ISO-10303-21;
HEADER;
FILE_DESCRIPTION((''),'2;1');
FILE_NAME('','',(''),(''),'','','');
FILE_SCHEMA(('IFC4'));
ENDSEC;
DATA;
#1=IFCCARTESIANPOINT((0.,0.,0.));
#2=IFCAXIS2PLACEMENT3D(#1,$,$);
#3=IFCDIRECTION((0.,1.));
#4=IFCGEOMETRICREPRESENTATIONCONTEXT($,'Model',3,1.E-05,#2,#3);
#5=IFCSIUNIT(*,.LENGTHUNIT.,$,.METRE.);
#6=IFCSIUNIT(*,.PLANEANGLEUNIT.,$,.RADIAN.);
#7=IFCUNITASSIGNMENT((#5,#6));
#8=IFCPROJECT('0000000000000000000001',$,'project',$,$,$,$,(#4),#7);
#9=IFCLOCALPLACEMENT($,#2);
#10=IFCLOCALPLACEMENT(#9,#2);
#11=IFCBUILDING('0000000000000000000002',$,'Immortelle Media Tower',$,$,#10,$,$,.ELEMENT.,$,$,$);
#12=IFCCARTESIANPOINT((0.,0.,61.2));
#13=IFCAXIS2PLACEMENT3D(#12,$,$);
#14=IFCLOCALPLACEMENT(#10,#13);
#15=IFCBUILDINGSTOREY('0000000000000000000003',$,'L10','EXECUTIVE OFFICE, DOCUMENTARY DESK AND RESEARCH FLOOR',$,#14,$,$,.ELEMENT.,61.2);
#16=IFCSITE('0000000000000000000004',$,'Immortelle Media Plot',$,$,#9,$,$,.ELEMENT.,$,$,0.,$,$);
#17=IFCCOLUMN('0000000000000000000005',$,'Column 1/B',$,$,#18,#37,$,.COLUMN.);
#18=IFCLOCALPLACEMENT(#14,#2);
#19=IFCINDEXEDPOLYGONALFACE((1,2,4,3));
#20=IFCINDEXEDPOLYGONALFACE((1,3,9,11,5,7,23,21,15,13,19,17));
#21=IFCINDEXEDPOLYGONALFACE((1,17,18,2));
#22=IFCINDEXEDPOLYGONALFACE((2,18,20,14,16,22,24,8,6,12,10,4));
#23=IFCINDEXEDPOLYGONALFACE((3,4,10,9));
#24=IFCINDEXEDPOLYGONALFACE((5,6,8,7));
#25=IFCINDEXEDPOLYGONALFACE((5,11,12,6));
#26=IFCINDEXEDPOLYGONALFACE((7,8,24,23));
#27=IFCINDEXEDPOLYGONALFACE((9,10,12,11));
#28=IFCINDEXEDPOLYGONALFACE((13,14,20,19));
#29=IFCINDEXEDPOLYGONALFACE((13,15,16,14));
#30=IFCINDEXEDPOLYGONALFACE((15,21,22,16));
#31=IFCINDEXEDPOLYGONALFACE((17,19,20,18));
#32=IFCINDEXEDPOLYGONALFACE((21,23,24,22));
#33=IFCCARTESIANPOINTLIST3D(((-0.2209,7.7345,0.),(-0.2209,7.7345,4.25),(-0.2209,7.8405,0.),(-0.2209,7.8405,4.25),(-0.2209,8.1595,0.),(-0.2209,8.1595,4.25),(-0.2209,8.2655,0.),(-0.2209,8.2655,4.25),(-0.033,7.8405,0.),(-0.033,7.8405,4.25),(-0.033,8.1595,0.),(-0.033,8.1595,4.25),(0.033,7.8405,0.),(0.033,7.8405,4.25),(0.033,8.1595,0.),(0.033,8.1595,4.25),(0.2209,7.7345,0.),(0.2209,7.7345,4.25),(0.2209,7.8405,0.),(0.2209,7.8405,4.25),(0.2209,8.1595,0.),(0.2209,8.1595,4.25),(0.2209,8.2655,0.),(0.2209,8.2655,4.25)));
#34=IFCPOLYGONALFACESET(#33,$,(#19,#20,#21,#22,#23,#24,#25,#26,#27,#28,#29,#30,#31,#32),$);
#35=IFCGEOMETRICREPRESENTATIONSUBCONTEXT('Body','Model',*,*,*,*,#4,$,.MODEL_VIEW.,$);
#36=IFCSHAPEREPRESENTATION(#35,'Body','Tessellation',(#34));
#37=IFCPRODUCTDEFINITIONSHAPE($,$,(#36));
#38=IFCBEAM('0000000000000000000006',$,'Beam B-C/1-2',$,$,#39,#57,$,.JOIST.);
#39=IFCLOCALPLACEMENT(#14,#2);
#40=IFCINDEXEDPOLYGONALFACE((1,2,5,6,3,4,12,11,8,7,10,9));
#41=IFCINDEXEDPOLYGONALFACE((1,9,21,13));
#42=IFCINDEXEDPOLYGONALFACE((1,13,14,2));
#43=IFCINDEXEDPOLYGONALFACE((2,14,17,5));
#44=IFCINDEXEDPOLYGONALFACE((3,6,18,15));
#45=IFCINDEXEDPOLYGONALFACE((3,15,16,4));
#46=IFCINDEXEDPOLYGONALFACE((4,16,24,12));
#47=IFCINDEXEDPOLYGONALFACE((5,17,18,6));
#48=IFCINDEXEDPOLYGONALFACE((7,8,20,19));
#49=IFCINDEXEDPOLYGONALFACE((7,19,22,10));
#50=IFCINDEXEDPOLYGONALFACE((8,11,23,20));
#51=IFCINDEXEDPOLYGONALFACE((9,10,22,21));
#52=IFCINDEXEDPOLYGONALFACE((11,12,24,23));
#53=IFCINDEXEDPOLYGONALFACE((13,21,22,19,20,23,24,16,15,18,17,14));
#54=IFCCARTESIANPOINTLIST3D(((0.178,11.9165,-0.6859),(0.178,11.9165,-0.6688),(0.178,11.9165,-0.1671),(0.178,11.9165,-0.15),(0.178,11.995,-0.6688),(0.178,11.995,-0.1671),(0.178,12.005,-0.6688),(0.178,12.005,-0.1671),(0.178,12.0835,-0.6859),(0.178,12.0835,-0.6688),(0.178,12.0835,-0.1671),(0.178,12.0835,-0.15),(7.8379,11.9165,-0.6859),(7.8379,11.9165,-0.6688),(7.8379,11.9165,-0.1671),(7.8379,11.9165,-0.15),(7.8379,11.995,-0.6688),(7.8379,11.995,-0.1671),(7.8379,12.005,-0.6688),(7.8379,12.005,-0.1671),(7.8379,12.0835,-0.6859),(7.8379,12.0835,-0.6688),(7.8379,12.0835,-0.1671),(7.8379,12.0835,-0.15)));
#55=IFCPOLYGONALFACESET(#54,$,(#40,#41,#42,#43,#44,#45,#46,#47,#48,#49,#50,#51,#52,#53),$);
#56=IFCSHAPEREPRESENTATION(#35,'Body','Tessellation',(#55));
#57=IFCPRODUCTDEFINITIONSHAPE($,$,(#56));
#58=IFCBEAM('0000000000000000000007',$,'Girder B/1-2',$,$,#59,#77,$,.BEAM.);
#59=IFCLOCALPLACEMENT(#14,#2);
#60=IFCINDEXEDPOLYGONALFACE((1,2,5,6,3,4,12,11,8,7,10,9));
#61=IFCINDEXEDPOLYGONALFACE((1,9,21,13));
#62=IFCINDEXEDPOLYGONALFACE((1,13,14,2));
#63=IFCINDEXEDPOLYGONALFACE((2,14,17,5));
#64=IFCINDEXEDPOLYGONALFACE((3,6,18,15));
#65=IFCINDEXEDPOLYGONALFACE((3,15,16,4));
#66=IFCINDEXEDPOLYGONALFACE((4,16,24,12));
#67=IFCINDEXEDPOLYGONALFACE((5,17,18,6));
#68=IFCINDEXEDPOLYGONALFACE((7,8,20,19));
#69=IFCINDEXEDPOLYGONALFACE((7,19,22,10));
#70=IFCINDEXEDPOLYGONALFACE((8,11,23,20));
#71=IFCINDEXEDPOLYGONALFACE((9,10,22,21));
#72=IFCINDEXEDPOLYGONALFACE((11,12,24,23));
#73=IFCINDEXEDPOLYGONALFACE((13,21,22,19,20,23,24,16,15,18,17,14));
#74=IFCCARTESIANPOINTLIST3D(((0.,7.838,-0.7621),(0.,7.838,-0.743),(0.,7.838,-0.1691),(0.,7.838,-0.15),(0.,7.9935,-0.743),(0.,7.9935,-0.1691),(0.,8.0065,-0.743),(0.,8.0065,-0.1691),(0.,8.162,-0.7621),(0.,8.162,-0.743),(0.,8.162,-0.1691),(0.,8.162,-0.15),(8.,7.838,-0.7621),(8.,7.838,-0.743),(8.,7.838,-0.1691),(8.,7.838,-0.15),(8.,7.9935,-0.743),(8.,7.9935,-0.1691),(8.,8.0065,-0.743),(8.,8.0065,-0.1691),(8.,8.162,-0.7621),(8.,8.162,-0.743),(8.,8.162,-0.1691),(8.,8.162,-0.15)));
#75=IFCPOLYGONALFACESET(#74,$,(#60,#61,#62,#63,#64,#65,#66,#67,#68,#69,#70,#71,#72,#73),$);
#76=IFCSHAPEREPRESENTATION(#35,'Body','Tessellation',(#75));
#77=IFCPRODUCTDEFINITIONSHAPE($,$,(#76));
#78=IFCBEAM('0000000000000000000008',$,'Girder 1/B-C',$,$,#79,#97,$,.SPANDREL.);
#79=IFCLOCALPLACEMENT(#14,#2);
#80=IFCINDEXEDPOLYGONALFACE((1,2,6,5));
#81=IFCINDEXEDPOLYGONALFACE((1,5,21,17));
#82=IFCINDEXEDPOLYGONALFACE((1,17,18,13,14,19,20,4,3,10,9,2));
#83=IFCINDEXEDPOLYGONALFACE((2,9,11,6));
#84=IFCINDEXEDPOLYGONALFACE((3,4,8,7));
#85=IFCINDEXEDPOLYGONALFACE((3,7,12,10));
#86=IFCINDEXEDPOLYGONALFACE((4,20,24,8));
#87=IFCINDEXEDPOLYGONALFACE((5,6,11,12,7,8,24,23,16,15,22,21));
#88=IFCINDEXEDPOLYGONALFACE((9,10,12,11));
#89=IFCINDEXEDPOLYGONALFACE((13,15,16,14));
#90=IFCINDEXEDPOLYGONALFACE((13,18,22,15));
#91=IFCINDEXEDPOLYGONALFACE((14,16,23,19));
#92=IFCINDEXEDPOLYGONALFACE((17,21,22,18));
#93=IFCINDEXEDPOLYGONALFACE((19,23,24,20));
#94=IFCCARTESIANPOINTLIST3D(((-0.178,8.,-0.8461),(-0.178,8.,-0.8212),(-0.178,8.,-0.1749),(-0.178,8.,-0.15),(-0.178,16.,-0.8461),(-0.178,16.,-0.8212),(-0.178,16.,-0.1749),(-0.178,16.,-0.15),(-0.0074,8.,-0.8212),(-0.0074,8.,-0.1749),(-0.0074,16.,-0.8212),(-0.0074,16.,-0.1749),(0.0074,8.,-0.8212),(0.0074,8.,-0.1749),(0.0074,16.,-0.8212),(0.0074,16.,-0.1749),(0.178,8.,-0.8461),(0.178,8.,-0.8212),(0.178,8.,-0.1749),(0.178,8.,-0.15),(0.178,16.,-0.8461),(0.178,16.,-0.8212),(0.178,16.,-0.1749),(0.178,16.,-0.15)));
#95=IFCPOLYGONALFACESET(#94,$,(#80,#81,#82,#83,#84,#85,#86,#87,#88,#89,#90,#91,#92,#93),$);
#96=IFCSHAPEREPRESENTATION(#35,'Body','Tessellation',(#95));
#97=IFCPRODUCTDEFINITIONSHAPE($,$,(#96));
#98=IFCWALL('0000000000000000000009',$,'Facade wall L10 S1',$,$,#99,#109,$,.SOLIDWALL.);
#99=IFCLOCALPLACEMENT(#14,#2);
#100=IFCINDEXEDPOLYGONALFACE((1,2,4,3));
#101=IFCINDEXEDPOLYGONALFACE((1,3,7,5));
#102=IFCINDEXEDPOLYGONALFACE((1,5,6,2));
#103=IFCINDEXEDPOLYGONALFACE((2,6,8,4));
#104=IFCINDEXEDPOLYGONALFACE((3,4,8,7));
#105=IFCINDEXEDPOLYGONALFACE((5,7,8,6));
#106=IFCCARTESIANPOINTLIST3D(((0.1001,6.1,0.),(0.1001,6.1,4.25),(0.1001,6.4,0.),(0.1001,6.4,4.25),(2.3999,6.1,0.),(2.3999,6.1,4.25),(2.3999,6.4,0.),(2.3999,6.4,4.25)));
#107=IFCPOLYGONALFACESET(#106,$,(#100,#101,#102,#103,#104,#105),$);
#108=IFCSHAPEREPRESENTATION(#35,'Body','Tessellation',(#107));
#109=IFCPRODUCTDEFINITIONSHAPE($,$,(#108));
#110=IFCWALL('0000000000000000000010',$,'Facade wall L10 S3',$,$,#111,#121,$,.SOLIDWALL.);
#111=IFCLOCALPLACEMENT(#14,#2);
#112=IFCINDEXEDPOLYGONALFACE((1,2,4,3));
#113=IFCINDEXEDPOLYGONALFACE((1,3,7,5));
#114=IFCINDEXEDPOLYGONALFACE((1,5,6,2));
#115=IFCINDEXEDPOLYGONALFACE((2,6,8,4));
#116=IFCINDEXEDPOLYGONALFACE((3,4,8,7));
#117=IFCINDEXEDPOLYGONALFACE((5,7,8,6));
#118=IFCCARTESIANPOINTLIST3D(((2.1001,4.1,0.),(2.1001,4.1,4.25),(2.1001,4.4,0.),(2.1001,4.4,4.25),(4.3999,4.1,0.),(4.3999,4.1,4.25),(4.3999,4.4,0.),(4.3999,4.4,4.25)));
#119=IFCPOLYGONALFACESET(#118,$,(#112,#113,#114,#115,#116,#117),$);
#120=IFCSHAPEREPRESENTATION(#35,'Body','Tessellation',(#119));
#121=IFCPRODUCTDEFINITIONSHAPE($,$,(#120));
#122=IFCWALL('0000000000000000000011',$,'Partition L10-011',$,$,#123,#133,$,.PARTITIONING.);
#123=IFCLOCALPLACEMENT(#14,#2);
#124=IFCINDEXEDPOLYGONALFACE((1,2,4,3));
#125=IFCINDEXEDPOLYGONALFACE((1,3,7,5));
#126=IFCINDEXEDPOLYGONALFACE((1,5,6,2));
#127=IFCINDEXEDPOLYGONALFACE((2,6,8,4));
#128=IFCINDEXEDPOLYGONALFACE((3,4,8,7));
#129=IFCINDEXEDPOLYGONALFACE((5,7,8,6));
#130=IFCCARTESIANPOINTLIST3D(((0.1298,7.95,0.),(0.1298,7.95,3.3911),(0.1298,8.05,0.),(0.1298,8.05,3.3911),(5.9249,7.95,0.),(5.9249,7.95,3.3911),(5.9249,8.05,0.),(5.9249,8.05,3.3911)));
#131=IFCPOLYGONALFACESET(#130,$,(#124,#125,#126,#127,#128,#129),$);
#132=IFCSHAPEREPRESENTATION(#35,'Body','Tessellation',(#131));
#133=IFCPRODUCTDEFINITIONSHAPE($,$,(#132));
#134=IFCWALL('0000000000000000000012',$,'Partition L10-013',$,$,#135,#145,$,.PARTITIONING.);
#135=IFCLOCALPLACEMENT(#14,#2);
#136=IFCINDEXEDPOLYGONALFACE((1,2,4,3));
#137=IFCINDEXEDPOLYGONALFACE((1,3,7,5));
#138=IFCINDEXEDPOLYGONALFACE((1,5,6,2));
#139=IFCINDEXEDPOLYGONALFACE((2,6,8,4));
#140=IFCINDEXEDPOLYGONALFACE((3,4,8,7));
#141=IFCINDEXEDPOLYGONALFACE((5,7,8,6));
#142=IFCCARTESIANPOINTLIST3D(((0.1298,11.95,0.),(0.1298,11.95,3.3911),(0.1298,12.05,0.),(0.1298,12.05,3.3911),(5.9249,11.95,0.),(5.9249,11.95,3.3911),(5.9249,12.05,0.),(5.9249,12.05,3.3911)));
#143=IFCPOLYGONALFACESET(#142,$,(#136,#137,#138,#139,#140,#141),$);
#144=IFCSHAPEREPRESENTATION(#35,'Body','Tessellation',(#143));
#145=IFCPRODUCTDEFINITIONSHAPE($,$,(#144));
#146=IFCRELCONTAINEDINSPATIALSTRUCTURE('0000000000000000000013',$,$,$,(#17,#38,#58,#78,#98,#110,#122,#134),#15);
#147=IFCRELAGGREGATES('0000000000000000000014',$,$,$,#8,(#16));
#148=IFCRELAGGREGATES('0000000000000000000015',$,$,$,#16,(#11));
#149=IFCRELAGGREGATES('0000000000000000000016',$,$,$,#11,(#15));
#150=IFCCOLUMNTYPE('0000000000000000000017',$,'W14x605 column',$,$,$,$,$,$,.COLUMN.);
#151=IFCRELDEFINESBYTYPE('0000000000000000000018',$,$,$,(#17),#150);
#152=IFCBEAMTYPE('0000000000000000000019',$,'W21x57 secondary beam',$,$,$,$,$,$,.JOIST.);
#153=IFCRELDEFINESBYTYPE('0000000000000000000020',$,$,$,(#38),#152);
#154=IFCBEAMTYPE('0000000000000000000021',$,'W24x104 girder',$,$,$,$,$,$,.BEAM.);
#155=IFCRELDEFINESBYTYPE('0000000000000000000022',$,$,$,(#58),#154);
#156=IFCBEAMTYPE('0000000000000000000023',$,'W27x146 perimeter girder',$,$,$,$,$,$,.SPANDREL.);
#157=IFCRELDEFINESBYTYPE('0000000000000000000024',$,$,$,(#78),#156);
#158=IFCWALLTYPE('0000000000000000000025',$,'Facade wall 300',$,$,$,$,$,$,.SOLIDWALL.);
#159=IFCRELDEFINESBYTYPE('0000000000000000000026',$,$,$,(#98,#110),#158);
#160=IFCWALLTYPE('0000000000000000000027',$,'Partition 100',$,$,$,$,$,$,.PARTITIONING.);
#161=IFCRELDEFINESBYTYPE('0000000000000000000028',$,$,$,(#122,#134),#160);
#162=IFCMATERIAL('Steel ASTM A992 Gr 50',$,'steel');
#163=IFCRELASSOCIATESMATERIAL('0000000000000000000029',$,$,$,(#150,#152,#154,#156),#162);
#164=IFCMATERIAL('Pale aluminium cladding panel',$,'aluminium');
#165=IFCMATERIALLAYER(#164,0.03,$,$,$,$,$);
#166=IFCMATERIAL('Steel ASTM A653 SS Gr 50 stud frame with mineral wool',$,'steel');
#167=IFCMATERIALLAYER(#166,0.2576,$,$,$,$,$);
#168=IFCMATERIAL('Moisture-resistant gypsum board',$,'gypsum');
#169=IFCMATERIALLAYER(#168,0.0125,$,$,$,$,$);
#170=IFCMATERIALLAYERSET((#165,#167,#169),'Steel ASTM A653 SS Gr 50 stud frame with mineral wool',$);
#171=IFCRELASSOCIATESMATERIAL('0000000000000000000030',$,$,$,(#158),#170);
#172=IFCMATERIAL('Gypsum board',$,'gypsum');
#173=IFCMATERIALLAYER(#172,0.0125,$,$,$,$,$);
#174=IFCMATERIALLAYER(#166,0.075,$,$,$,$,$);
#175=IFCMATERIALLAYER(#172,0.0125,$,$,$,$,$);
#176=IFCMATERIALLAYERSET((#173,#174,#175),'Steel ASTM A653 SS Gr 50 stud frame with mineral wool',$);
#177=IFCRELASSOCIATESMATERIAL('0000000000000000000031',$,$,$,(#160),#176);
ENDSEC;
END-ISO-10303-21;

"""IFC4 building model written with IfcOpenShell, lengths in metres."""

from ifc_helpers import new_model, si_unit, direction, frame, frame_2d, origin, origin_2d, place, context, subcontext, project, spatial, rectangle, i_section, extrude, material, layer, layer_set, material_profile, profile_set, type_object, element, save


model = new_model("IFC4")

# Units and contexts
model_context = context("Model", 3, precision=1e-05, world=origin(), true_north=direction((0.0, 1.0)))
body_context = subcontext(model_context, "Body", "Model", "MODEL_VIEW")
ifc_project = project(units=[si_unit("LENGTHUNIT", "METRE"), si_unit("PLANEANGLEUNIT", "RADIAN")], contexts=[model_context])

# Site, building, storey
site_placement = place(None, origin())
site = spatial("IfcSite", under=ifc_project, at=site_placement, Name="Immortelle Media Plot", CompositionType="ELEMENT", RefElevation=0.0)
building_placement = place(site_placement, origin())
building = spatial("IfcBuilding", under=site, at=building_placement, Name="Immortelle Media Tower", CompositionType="ELEMENT")
storey_placement = place(building_placement, frame((0.0, 0.0, 61.2)))
storey = spatial("IfcBuildingStorey", under=building, at=storey_placement, Name="L10", Description="EXECUTIVE OFFICE, DOCUMENTARY DESK AND RESEARCH FLOOR", CompositionType="ELEMENT", Elevation=61.2)

# Column
ifc_material_1 = material(Name="Steel ASTM A992 Gr 50", Category="steel")
ifc_material_profile_1 = material_profile(ifc_material_1, i_section(OverallWidth=0.4419, OverallDepth=0.531, WebThickness=0.0659, FlangeThickness=0.106, at=origin_2d()), Name="W14x605")
ifc_profile_set_1 = profile_set([ifc_material_profile_1], Name="Steel ASTM A992 Gr 50")
column_type = type_object("IfcColumnType", Name="W14x605 column", PredefinedType="COLUMN", material=ifc_profile_set_1)
column_placement = place(storey_placement, frame((0.0, 8.0, 0.0), z_axis=(0.0, 0.0, 1.0), x_axis=(1.0, 0.0, 0.0)))
element("IfcColumn", 1, at=column_placement, inside=storey, type_object=column_type, Name="Column 1/B", PredefinedType="COLUMN", context=body_context, shape_type="SweptSolid", body=[
    extrude(i_section(OverallWidth=0.4419, OverallDepth=0.531, WebThickness=0.0659, FlangeThickness=0.106, at=origin_2d()), origin(), (0.0, 0.0, 1.0), 4.25),
])

# Beams
ifc_material_profile_2 = material_profile(ifc_material_1, i_section(OverallWidth=0.167, OverallDepth=0.5359, WebThickness=0.01, FlangeThickness=0.0171, at=origin_2d()), Name="W21x57")
ifc_profile_set_2 = profile_set([ifc_material_profile_2], Name="Steel ASTM A992 Gr 50")
beam_type_1 = type_object("IfcBeamType", Name="W21x57 secondary beam", PredefinedType="JOIST", material=ifc_profile_set_2)
beam_1_placement = place(storey_placement, frame((0.178, 12.0, -0.418), z_axis=(1.0, 0.0, 0.0), x_axis=(0.0, 1.0, 0.0)))
element("IfcBeam", 2, at=beam_1_placement, inside=storey, type_object=beam_type_1, Name="Beam B-C/1-2", PredefinedType="JOIST", context=body_context, shape_type="SweptSolid", body=[
    extrude(i_section(OverallWidth=0.167, OverallDepth=0.5359, WebThickness=0.01, FlangeThickness=0.0171, at=origin_2d()), origin(), (0.0, 0.0, 1.0), 7.6599),
])
ifc_material_profile_3 = material_profile(ifc_material_1, i_section(OverallWidth=0.324, OverallDepth=0.6121, WebThickness=0.0129, FlangeThickness=0.019, at=origin_2d()), Name="W24x104")
ifc_profile_set_3 = profile_set([ifc_material_profile_3], Name="Steel ASTM A992 Gr 50")
beam_type_2 = type_object("IfcBeamType", Name="W24x104 girder", PredefinedType="BEAM", material=ifc_profile_set_3)
beam_2_placement = place(storey_placement, frame((0.0, 8.0, -0.4561), z_axis=(1.0, 0.0, 0.0), x_axis=(0.0, 1.0, 0.0)))
element("IfcBeam", 3, at=beam_2_placement, inside=storey, type_object=beam_type_2, Name="Girder B/1-2", PredefinedType="BEAM", context=body_context, shape_type="SweptSolid", body=[
    extrude(i_section(OverallWidth=0.324, OverallDepth=0.6121, WebThickness=0.0129, FlangeThickness=0.019, at=origin_2d()), origin(), (0.0, 0.0, 1.0), 8.0),
])
ifc_material_profile_4 = material_profile(ifc_material_1, i_section(OverallWidth=0.356, OverallDepth=0.696, WebThickness=0.0149, FlangeThickness=0.0249, at=origin_2d()), Name="W27x146")
ifc_profile_set_4 = profile_set([ifc_material_profile_4], Name="Steel ASTM A992 Gr 50")
beam_type_3 = type_object("IfcBeamType", Name="W27x146 perimeter girder", PredefinedType="SPANDREL", material=ifc_profile_set_4)
beam_3_placement = place(storey_placement, frame((0.0, 8.0, -0.498), z_axis=(0.0, 1.0, 0.0), x_axis=(-1.0, 0.0, 0.0)))
element("IfcBeam", 4, at=beam_3_placement, inside=storey, type_object=beam_type_3, Name="Girder 1/B-C", PredefinedType="SPANDREL", context=body_context, shape_type="SweptSolid", body=[
    extrude(i_section(OverallWidth=0.356, OverallDepth=0.696, WebThickness=0.0149, FlangeThickness=0.0249, at=origin_2d()), origin(), (0.0, 0.0, 1.0), 8.0),
])

# Walls
ifc_material_2 = material(Name="Pale aluminium cladding panel", Category="aluminium")
ifc_layer_1 = layer(ifc_material_2, 0.03)
ifc_material_3 = material(Name="Steel ASTM A653 SS Gr 50 stud frame with mineral wool", Category="steel")
ifc_layer_2 = layer(ifc_material_3, 0.2576)
ifc_material_4 = material(Name="Moisture-resistant gypsum board", Category="gypsum")
ifc_layer_3 = layer(ifc_material_4, 0.0125)
ifc_layer_set_1 = layer_set([ifc_layer_1, ifc_layer_2, ifc_layer_3], Name="Steel ASTM A653 SS Gr 50 stud frame with mineral wool")
wall_type_1 = type_object("IfcWallType", Name="Facade wall 300", PredefinedType="SOLIDWALL", material=ifc_layer_set_1)
for number, where, z_axis, x_axis, name in (
    (5, (0.1001, 6.25, 0.0), (0.0, 0.0, 1.0), (1.0, 0.0, 0.0), "Facade wall L10 S1"),
    (6, (2.1001, 4.25, 0.0), (0.0, 0.0, 1.0), (1.0, 0.0, 0.0), "Facade wall L10 S3"),
):
    element("IfcWall", number, at=place(storey_placement, frame(where, z_axis=z_axis, x_axis=x_axis)), inside=storey, type_object=wall_type_1, Name=name, PredefinedType="SOLIDWALL", context=body_context, shape_type="SweptSolid", body=[
        extrude(rectangle(XDim=2.2998, YDim=0.3, at=frame_2d((1.1499, 0.0))), origin(), (0.0, 0.0, 1.0), 4.25),
    ])
ifc_material_5 = material(Name="Gypsum board", Category="gypsum")
ifc_layer_4 = layer(ifc_material_5, 0.0125)
ifc_layer_5 = layer(ifc_material_3, 0.075)
ifc_layer_6 = layer(ifc_material_5, 0.0125)
ifc_layer_set_2 = layer_set([ifc_layer_4, ifc_layer_5, ifc_layer_6], Name="Steel ASTM A653 SS Gr 50 stud frame with mineral wool")
wall_type_2 = type_object("IfcWallType", Name="Partition 100", PredefinedType="PARTITIONING", material=ifc_layer_set_2)
for number, where, z_axis, x_axis, name in (
    (7, (0.1299, 8.0, 0.0), (0.0, 0.0, 1.0), (1.0, 0.0, 0.0), "Partition L10-011"),
    (8, (0.1299, 12.0, 0.0), (0.0, 0.0, 1.0), (1.0, 0.0, 0.0), "Partition L10-013"),
):
    element("IfcWall", number, at=place(storey_placement, frame(where, z_axis=z_axis, x_axis=x_axis)), inside=storey, type_object=wall_type_2, Name=name, PredefinedType="PARTITIONING", context=body_context, shape_type="SweptSolid", body=[
        extrude(rectangle(XDim=5.7952, YDim=0.1001, at=frame_2d((2.8975, 0.0))), origin(), (0.0, 0.0, 1.0), 3.3911),
    ])

save(model, "model.ifc")
